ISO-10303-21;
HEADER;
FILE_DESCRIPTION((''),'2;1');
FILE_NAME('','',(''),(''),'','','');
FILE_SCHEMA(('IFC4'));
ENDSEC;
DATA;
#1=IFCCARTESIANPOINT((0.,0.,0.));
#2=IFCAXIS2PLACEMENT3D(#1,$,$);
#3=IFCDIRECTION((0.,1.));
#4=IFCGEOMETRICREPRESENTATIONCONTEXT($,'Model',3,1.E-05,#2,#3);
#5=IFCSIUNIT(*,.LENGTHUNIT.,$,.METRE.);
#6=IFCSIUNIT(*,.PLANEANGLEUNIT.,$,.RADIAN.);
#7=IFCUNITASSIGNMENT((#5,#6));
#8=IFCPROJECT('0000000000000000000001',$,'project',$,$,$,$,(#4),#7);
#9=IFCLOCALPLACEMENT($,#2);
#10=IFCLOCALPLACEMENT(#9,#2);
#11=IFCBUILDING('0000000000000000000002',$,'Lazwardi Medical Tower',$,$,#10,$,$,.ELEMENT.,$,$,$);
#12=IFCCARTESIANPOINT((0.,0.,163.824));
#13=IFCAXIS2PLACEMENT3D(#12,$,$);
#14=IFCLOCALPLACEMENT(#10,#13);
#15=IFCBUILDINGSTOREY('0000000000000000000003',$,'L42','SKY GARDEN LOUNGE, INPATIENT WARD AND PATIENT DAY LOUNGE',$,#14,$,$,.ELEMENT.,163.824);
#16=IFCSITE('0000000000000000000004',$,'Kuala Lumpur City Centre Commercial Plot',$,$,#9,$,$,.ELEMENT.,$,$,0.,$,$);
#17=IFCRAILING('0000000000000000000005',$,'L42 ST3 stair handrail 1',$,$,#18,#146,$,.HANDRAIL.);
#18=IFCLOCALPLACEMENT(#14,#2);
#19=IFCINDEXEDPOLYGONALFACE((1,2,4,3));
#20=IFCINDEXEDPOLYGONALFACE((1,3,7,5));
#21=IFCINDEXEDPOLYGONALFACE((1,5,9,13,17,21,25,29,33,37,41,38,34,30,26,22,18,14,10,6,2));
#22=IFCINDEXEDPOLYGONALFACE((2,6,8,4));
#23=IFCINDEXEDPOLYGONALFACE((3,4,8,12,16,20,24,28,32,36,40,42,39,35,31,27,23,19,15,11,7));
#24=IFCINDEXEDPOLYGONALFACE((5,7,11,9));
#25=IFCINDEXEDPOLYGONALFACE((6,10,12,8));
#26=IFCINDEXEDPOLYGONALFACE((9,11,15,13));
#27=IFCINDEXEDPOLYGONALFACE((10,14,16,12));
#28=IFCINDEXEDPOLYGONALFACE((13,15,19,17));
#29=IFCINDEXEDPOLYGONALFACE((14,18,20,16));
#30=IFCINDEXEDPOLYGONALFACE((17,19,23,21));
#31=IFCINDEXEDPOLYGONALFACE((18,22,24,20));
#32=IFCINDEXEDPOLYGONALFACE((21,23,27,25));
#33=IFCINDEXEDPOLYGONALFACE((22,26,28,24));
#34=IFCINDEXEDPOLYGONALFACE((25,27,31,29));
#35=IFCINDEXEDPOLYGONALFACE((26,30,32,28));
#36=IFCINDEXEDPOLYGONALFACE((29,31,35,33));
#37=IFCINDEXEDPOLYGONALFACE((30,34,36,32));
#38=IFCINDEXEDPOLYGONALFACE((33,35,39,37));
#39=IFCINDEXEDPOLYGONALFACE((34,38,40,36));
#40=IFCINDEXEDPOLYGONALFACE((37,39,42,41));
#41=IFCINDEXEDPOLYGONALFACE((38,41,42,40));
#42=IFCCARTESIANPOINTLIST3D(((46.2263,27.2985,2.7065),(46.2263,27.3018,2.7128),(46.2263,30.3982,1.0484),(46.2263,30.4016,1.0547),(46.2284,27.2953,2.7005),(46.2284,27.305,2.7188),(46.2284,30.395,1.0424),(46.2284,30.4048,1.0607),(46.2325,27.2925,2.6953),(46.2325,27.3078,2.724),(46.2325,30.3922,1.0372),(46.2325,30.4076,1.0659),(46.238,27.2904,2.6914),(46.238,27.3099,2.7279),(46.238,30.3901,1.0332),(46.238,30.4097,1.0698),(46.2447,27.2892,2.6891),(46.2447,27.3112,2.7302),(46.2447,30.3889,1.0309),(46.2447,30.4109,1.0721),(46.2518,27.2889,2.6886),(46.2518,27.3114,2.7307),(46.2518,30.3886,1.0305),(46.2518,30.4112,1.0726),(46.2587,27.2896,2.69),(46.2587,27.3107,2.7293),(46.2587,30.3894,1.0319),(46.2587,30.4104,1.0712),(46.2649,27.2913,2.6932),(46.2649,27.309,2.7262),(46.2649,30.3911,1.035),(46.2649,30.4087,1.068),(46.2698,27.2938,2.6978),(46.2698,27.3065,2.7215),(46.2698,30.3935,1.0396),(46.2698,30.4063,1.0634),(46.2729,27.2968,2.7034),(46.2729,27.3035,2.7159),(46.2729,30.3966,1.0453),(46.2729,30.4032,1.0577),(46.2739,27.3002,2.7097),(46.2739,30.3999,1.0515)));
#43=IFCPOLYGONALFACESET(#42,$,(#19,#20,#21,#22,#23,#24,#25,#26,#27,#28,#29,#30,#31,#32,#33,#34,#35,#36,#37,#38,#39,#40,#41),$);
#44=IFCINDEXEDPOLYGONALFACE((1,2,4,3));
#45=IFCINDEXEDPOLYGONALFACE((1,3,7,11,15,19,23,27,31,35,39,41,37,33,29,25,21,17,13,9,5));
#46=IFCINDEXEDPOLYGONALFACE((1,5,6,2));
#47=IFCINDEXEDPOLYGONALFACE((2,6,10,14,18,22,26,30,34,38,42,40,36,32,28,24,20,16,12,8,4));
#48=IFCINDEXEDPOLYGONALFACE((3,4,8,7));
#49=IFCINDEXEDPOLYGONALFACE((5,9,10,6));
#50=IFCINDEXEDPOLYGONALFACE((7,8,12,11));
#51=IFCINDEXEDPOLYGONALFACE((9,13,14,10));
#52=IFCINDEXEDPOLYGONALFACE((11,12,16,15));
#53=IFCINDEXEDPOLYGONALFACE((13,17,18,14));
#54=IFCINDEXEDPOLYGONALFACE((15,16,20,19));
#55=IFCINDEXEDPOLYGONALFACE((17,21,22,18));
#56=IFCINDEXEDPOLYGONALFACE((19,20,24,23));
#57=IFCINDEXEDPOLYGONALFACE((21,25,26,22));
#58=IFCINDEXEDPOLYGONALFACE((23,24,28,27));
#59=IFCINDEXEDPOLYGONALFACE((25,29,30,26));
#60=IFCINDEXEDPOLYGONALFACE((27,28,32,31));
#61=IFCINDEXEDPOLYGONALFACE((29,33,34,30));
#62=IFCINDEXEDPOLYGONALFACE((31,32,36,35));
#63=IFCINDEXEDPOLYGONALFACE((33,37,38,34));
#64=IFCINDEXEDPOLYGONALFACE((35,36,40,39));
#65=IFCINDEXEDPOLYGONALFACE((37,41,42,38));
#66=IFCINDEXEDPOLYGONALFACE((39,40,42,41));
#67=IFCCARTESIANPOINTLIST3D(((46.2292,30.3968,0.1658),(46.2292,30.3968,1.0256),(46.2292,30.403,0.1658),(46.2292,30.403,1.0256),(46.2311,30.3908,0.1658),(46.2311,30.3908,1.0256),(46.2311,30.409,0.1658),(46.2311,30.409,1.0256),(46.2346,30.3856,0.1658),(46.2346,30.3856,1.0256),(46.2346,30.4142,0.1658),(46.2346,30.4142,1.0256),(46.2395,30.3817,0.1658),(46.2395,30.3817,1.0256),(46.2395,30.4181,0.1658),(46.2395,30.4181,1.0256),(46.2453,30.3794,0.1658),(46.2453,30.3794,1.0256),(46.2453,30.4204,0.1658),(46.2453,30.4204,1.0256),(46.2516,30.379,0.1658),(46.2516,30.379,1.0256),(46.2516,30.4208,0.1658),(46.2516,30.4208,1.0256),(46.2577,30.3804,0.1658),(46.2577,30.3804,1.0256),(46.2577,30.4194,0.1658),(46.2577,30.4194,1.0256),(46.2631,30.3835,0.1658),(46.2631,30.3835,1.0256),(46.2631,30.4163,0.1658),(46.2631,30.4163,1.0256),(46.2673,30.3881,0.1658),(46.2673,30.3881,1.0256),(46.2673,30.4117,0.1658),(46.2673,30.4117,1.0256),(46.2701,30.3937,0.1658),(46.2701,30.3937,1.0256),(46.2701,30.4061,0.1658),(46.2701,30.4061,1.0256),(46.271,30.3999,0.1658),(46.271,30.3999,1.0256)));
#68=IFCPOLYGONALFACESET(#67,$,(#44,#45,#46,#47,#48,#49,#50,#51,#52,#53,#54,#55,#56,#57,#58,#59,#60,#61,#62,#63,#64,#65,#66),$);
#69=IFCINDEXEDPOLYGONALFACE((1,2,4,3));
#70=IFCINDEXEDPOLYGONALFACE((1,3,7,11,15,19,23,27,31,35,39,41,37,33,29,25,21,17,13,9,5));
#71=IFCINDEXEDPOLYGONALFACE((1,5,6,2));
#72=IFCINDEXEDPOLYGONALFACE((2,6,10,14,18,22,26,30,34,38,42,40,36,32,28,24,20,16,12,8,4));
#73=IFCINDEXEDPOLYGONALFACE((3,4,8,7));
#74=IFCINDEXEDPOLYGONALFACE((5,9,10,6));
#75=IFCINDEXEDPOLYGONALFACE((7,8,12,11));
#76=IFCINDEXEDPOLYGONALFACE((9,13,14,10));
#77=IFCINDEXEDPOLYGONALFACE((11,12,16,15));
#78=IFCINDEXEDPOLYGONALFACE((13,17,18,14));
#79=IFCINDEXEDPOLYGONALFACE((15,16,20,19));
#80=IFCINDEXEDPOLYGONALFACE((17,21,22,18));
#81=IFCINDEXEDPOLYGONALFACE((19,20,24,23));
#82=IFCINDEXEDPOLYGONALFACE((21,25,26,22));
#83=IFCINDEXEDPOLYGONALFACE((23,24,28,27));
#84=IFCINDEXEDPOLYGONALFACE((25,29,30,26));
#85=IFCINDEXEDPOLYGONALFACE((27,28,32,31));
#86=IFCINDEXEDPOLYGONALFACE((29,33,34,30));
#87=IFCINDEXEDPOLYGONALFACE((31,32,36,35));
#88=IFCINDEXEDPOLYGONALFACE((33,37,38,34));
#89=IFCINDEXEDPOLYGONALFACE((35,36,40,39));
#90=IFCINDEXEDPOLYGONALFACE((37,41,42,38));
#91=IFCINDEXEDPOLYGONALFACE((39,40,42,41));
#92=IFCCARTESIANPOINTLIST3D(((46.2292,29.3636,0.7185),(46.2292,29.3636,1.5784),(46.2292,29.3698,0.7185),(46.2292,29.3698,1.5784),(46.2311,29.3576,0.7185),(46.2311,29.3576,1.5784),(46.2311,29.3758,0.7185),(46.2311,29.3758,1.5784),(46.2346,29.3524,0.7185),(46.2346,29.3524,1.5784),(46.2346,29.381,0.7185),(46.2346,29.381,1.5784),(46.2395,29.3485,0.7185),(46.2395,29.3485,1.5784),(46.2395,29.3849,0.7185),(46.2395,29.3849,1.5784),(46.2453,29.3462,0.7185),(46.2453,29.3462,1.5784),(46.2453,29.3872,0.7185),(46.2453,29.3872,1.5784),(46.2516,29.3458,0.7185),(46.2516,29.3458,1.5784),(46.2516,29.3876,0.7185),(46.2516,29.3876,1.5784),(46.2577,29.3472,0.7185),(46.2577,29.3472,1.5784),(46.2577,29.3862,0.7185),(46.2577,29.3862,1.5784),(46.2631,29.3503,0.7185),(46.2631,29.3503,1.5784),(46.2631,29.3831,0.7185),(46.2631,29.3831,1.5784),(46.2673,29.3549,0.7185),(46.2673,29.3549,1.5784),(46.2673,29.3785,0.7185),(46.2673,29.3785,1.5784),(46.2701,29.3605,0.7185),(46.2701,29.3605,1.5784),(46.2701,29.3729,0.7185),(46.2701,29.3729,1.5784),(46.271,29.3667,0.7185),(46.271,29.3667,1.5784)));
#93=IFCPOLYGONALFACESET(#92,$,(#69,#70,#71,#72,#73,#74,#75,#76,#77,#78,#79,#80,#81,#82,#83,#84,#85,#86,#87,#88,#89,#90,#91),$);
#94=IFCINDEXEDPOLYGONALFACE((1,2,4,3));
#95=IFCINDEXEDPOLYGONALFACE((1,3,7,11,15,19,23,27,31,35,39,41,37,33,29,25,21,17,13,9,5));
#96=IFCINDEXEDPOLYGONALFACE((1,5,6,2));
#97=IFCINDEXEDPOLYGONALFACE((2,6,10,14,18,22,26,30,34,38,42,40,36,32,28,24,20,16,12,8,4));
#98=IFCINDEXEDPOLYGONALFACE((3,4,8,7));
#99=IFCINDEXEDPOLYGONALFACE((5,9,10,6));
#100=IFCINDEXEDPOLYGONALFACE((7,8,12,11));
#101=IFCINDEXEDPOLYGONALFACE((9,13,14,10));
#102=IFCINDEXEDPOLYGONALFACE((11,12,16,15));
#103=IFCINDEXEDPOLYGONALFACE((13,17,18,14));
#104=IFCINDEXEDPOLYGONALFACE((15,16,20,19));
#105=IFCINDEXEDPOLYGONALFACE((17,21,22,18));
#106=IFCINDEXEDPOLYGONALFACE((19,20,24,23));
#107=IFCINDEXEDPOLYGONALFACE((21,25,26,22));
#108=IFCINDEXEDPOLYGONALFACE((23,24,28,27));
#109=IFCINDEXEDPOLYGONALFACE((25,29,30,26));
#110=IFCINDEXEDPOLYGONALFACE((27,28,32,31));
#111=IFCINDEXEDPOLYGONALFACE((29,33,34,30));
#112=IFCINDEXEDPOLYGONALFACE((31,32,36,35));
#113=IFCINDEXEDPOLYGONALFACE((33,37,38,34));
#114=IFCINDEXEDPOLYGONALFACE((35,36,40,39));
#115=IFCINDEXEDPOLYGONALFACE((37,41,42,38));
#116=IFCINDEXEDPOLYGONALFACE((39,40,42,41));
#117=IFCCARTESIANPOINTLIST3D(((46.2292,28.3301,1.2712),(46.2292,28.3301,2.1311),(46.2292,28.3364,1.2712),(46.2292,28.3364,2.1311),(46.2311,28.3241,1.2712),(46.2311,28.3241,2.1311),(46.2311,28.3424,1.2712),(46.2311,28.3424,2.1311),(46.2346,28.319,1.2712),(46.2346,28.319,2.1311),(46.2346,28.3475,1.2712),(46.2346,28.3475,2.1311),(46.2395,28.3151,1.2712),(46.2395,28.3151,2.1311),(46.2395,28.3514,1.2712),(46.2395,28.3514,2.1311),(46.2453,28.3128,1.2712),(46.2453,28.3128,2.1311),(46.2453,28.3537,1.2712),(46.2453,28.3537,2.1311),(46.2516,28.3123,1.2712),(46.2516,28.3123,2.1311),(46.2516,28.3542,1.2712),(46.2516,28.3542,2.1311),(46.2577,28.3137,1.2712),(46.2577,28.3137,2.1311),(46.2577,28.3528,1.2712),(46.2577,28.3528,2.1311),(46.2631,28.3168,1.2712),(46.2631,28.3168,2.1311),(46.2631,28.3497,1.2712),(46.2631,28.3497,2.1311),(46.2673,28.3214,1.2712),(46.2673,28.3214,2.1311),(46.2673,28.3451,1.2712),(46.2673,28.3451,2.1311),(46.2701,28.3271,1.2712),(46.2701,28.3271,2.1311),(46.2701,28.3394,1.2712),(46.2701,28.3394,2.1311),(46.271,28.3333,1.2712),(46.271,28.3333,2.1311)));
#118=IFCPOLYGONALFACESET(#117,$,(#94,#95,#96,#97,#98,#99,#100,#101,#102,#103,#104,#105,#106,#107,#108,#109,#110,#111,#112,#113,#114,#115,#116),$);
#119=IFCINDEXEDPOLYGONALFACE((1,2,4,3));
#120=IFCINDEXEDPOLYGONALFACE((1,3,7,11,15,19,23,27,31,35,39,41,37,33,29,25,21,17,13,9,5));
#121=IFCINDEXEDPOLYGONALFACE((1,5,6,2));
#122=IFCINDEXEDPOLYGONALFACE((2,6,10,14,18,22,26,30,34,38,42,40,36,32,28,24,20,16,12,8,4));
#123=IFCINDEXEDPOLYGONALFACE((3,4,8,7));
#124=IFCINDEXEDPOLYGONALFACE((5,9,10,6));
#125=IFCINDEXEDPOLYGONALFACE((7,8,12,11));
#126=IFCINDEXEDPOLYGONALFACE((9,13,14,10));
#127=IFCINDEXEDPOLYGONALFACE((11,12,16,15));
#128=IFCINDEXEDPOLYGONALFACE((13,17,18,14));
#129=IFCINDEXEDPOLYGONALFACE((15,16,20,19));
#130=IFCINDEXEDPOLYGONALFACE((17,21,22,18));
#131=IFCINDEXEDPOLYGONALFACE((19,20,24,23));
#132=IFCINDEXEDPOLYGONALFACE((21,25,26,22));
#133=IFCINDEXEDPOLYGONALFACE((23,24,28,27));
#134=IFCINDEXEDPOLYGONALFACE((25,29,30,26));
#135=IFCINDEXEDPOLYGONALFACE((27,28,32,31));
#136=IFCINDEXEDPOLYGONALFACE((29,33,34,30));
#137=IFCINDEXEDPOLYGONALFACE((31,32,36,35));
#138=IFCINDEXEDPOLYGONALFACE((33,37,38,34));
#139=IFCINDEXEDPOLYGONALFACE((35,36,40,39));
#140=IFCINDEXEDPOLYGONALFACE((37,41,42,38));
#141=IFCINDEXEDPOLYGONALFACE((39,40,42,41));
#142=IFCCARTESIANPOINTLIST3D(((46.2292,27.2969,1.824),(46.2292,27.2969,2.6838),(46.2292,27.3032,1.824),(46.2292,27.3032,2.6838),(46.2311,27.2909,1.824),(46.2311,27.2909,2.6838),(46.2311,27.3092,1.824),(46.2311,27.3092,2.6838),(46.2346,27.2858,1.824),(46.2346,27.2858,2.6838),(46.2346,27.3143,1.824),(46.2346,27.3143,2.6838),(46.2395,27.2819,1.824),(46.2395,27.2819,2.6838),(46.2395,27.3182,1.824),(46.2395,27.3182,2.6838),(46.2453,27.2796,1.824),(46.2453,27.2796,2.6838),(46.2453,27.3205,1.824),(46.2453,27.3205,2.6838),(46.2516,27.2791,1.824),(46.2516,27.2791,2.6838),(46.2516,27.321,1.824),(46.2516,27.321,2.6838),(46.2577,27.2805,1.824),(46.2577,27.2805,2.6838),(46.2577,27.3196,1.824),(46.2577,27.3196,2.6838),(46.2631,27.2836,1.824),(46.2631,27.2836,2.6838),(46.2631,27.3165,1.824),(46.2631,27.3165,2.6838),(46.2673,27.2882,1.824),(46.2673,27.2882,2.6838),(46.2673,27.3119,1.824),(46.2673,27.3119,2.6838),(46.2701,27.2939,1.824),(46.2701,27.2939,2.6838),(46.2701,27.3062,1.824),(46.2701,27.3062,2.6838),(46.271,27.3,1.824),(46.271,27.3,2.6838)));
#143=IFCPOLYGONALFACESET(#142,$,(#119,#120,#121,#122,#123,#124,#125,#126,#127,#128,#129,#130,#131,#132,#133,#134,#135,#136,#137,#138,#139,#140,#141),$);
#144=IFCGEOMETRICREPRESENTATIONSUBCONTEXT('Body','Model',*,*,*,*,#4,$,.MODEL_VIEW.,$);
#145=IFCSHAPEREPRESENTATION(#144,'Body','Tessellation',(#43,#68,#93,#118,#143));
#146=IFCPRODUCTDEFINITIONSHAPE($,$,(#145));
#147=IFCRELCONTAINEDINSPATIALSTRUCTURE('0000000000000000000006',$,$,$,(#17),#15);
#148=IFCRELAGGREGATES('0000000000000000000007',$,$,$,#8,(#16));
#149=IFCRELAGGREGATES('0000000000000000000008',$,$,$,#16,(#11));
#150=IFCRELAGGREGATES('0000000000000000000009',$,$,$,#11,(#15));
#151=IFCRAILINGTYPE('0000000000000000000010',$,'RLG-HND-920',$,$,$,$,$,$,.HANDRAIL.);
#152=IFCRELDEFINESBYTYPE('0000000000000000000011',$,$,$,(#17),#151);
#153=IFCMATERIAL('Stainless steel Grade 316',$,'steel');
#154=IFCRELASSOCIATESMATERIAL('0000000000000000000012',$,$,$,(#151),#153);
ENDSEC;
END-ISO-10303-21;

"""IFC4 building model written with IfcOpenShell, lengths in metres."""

from ifc_helpers import new_model, si_unit, direction, frame, origin, origin_2d, place, context, subcontext, project, spatial, circle, extrude, material, type_object, element, save


model = new_model("IFC4")

# Units and contexts
model_context = context("Model", 3, precision=1e-05, world=origin(), true_north=direction((0.0, 1.0)))
body_context = subcontext(model_context, "Body", "Model", "MODEL_VIEW")
ifc_project = project(units=[si_unit("LENGTHUNIT", "METRE"), si_unit("PLANEANGLEUNIT", "RADIAN")], contexts=[model_context])

# Site, building, storey
site_placement = place(None, origin())
site = spatial("IfcSite", under=ifc_project, at=site_placement, Name="Kuala Lumpur City Centre Commercial Plot", CompositionType="ELEMENT", RefElevation=0.0)
building_placement = place(site_placement, origin())
building = spatial("IfcBuilding", under=site, at=building_placement, Name="Lazwardi Medical Tower", CompositionType="ELEMENT")
storey_placement = place(building_placement, frame((0.0, 0.0, 163.824)))
storey = spatial("IfcBuildingStorey", under=building, at=storey_placement, Name="L42", Description="SKY GARDEN LOUNGE, INPATIENT WARD AND PATIENT DAY LOUNGE", CompositionType="ELEMENT", Elevation=163.824)

# Railing
ifc_material_1 = material(Name="Stainless steel Grade 316", Category="steel")
railing_type_1 = type_object("IfcRailingType", Name="RLG-HND-920", PredefinedType="HANDRAIL", material=ifc_material_1)
railing_1_placement = place(storey_placement, frame((46.25, 30.3999, 0.1658)))
element("IfcRailing", 1, at=railing_1_placement, inside=storey, type_object=railing_type_1, Name="L42 ST3 stair handrail 1", PredefinedType="HANDRAIL", context=body_context, shape_type="SweptSolid", body=[
    extrude(circle(Radius=0.0239, at=origin_2d()), frame((0.0, 0.0, 0.8857), z_axis=(0.0, -0.881768, 0.471684), x_axis=(1.0, 0.0, 0.0)), (0.0, 0.0, 1.0), 3.5154),
    extrude(circle(Radius=0.021, at=origin_2d()), origin(), (0.0, 0.0, 1.0), 0.8599),
    extrude(circle(Radius=0.021, at=origin_2d()), frame((0.0, -1.0332, 0.5527)), (0.0, 0.0, 1.0), 0.8599),
    extrude(circle(Radius=0.021, at=origin_2d()), frame((0.0, -2.0667, 1.1055)), (0.0, 0.0, 1.0), 0.8599),
    extrude(circle(Radius=0.021, at=origin_2d()), frame((0.0, -3.0999, 1.6582)), (0.0, 0.0, 1.0), 0.8599),
])

save(model, "model.ifc")
